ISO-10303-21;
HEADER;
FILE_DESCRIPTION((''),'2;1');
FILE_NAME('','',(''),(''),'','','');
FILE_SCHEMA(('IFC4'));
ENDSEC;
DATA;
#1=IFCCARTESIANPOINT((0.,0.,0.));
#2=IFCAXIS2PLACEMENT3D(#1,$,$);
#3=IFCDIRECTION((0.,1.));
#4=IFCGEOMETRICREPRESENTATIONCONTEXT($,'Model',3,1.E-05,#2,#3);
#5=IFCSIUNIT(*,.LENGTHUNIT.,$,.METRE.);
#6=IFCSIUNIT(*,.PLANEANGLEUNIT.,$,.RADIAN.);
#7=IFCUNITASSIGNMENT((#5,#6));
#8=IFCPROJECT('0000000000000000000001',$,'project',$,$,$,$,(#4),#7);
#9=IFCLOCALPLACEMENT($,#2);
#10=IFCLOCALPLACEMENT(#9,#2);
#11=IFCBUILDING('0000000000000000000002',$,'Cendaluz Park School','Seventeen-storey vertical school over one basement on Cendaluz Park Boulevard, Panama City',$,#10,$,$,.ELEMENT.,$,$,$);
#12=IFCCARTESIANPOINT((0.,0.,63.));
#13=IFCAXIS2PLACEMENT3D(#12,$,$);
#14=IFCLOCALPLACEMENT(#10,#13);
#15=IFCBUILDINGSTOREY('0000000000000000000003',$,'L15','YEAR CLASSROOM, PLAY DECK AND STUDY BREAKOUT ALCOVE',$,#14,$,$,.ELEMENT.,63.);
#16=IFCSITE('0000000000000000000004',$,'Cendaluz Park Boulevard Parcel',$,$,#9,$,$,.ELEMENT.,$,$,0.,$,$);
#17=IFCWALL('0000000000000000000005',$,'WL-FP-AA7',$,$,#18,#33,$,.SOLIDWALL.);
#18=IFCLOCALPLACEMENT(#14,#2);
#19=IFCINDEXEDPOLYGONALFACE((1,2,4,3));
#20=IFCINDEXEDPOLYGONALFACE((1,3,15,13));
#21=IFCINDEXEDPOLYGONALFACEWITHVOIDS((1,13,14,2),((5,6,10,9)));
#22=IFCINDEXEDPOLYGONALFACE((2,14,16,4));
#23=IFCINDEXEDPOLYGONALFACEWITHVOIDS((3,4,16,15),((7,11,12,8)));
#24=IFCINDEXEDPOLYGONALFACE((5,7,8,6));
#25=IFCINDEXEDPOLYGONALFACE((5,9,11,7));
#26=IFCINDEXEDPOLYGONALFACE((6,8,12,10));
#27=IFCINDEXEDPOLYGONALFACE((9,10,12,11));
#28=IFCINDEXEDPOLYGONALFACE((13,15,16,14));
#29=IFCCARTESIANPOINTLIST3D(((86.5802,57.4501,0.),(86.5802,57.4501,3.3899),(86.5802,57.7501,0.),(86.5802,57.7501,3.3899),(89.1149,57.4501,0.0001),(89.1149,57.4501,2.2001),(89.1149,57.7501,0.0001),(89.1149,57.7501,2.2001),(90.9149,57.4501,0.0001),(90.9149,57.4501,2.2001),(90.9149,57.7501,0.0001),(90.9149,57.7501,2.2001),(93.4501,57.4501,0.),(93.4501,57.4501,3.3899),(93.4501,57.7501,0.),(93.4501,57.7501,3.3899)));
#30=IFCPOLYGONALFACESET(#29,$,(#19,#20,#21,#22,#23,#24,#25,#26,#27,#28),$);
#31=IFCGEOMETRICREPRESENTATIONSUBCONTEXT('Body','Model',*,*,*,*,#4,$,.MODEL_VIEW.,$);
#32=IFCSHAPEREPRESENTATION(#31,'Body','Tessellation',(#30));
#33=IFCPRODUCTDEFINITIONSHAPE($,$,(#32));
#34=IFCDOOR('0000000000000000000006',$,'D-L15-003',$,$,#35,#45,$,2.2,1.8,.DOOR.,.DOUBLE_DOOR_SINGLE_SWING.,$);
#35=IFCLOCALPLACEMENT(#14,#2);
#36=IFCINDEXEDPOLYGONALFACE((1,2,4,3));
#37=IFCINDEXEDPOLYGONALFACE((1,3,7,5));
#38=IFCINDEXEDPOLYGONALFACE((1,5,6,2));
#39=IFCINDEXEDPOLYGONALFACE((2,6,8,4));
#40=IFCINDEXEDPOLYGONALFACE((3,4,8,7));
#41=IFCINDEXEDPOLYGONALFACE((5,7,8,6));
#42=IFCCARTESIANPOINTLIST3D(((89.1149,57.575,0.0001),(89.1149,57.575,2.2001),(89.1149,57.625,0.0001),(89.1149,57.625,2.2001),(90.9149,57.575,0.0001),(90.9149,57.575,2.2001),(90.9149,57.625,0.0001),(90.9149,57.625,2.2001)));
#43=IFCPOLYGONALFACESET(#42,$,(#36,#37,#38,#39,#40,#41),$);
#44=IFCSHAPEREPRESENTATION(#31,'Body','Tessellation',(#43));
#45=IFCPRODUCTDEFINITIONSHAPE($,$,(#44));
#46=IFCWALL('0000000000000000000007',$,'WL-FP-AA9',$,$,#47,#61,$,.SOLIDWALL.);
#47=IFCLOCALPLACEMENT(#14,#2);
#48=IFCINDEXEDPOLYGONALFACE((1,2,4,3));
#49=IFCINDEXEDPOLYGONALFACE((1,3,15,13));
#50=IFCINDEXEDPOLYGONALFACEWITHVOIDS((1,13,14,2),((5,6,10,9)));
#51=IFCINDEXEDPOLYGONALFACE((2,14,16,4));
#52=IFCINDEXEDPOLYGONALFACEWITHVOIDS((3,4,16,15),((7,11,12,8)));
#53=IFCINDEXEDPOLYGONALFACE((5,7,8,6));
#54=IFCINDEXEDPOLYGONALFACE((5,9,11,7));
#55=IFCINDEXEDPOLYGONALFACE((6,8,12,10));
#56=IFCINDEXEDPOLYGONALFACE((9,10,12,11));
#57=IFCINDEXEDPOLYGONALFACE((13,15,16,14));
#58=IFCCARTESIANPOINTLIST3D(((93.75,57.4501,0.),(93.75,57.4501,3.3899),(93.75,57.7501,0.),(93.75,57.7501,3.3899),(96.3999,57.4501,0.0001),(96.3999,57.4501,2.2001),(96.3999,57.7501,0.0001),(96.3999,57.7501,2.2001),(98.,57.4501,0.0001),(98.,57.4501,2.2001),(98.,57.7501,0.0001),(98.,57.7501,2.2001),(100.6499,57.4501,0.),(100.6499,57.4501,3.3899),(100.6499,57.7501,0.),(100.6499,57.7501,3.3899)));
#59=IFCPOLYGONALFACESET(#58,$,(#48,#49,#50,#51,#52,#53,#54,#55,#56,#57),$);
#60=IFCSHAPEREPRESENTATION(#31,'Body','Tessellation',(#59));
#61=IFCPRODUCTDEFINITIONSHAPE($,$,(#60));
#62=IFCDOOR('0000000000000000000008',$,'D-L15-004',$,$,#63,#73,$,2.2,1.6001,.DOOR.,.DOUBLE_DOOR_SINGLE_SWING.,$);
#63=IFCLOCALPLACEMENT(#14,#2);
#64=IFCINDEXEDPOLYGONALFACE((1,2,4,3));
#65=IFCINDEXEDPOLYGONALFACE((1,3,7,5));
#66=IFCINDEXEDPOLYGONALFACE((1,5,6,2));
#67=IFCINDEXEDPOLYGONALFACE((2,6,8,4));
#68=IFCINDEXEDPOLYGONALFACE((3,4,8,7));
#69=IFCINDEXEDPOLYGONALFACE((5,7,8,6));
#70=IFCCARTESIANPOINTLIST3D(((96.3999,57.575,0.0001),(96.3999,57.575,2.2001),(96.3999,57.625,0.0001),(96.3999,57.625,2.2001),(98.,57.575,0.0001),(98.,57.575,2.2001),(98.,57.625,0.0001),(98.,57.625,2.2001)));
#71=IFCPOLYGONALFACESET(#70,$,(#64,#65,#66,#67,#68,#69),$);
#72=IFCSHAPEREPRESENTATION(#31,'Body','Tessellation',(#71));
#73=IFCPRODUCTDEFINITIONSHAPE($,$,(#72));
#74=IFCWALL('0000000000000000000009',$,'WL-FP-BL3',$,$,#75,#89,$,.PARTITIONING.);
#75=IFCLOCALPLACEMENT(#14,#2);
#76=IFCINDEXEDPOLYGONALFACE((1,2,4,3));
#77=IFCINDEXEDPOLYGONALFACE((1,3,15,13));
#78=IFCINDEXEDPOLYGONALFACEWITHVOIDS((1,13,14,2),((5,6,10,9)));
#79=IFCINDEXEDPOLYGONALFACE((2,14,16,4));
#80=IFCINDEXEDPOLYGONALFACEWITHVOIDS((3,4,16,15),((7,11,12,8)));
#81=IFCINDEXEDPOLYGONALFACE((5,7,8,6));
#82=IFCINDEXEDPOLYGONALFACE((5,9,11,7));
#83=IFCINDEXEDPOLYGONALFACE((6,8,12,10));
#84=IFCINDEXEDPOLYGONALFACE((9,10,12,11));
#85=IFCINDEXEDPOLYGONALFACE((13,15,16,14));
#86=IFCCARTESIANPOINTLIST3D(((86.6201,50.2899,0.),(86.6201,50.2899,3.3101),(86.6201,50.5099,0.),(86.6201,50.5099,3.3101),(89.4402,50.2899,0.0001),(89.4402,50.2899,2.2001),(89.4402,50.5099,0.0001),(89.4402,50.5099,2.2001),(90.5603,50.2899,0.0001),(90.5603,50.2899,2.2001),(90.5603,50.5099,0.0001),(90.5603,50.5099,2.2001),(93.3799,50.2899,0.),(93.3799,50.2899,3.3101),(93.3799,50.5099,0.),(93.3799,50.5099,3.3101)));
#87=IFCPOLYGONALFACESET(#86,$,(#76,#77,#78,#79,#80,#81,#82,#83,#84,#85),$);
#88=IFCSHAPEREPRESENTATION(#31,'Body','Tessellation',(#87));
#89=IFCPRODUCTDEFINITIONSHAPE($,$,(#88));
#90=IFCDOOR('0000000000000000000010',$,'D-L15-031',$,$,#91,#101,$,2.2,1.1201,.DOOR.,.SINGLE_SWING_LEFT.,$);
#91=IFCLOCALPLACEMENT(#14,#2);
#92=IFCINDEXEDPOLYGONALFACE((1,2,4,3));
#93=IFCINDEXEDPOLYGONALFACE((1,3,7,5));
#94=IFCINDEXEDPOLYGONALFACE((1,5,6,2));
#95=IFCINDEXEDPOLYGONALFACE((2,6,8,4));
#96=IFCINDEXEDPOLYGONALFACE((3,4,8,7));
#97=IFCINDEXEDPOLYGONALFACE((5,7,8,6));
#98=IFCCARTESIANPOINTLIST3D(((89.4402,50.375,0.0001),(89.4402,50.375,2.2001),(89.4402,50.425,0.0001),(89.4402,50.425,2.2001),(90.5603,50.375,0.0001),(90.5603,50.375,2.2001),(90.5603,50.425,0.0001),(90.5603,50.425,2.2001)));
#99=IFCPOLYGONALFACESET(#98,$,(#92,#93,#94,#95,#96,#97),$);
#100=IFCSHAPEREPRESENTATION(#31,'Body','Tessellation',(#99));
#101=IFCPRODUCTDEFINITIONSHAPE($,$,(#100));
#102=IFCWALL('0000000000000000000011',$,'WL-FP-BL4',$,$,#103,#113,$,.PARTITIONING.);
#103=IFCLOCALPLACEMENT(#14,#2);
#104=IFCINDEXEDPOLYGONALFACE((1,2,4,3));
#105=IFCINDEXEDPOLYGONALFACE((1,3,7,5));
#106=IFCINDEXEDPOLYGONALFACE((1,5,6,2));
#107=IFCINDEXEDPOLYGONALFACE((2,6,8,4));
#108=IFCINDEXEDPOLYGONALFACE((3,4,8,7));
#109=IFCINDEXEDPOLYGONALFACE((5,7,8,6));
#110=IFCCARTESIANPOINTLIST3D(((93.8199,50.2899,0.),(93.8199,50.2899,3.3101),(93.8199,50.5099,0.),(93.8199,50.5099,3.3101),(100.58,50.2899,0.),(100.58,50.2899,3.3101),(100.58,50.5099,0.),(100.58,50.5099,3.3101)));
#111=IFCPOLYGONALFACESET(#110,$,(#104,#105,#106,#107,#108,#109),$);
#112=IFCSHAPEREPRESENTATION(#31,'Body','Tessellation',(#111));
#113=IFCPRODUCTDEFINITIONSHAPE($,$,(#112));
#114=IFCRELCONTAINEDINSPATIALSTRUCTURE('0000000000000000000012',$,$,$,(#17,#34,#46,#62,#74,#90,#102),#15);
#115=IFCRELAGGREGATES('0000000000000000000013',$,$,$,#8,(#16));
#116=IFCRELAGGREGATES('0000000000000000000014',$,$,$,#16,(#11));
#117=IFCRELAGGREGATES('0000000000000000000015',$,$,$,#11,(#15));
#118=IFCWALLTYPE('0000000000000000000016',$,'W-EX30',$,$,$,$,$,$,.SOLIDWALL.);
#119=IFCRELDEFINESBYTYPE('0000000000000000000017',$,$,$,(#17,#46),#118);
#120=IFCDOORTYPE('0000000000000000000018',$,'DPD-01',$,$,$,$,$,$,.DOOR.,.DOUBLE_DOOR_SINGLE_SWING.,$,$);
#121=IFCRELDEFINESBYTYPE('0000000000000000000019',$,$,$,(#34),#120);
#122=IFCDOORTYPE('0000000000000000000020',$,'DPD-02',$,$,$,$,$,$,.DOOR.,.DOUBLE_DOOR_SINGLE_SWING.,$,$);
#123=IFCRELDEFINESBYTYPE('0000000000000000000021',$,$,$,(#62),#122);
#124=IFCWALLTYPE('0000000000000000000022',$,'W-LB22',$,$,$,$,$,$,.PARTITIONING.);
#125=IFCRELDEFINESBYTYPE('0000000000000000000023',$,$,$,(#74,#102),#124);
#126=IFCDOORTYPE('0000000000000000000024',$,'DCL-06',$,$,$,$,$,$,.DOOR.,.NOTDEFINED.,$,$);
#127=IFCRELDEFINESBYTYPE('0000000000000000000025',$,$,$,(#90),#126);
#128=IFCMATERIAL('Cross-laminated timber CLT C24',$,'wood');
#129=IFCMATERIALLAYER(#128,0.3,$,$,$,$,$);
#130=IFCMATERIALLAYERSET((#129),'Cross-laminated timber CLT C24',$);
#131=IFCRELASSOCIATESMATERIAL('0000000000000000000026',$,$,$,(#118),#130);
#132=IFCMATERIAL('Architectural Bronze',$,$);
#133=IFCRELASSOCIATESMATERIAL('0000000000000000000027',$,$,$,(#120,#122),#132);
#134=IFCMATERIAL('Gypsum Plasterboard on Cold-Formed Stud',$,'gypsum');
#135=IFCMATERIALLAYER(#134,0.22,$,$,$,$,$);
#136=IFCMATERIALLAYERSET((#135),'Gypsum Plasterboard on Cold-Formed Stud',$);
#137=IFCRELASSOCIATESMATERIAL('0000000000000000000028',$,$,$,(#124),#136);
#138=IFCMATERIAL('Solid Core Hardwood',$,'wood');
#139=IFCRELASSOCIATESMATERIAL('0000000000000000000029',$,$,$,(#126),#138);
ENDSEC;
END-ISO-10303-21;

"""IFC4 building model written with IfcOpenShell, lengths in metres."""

from ifc_helpers import new_model, si_unit, direction, frame, frame_2d, origin, place, context, subcontext, project, spatial, rectangle, extrude, material, layer, layer_set, type_object, element, fill, save


model = new_model("IFC4")

# Units and contexts
model_context = context("Model", 3, precision=1e-05, world=origin(), true_north=direction((0.0, 1.0)))
body_context = subcontext(model_context, "Body", "Model", "MODEL_VIEW")
ifc_project = project(units=[si_unit("LENGTHUNIT", "METRE"), si_unit("PLANEANGLEUNIT", "RADIAN")], contexts=[model_context])

# Site, building, storey
site_placement = place(None, origin())
site = spatial("IfcSite", under=ifc_project, at=site_placement, Name="Cendaluz Park Boulevard Parcel", CompositionType="ELEMENT", RefElevation=0.0)
building_placement = place(site_placement, origin())
building = spatial("IfcBuilding", under=site, at=building_placement, Name="Cendaluz Park School", Description="Seventeen-storey vertical school over one basement on Cendaluz Park Boulevard, Panama City", CompositionType="ELEMENT")
storey_placement = place(building_placement, frame((0.0, 0.0, 63.0)))
storey = spatial("IfcBuildingStorey", under=building, at=storey_placement, Name="L15", Description="YEAR CLASSROOM, PLAY DECK AND STUDY BREAKOUT ALCOVE", CompositionType="ELEMENT", Elevation=63.0)

# Shared definitions
ifc_material_1 = material(Name="Gypsum Plasterboard on Cold-Formed Stud", Category="gypsum")

# Walls, openings, doors
ifc_material_2 = material(Name="Cross-laminated timber CLT C24", Category="wood")
ifc_layer_1 = layer(ifc_material_2, 0.3)
ifc_layer_set_1 = layer_set([ifc_layer_1], Name="Cross-laminated timber CLT C24")
wall_type_1 = type_object("IfcWallType", Name="W-EX30", PredefinedType="SOLIDWALL", material=ifc_layer_set_1)
wall_1_placement = place(storey_placement, frame((86.5801, 57.6001, 0.0), z_axis=(0.0, 0.0, 1.0), x_axis=(1.0, 0.0, 0.0)))
wall_1 = element("IfcWall", 1, at=wall_1_placement, inside=storey, type_object=wall_type_1, Name="WL-FP-AA7", PredefinedType="SOLIDWALL", context=body_context, shape_type="SweptSolid", body=[
    extrude(rectangle(XDim=6.8699, YDim=0.3, at=frame_2d((3.4351, 0.0))), origin(), (0.0, 0.0, 1.0), 3.3899),
])
opening_1_placement = place(wall_1_placement, frame((2.5349, 0.0, 0.0)))
opening_1 = element("IfcOpeningElement", 2, at=opening_1_placement, cuts=wall_1, PredefinedType="OPENING", context=body_context, shape_type="SweptSolid", body=[
    extrude(rectangle(XDim=1.8, YDim=2.2, at=frame_2d((0.8999, 1.1001))), frame((0.0, 0.1621, 0.0), z_axis=(0.0, -1.0, 0.0), x_axis=(1.0, 0.0, 0.0)), (0.0, 0.0, 1.0), 0.324),
])
ifc_material_3 = material(Name="Architectural Bronze")
door_type_1 = type_object("IfcDoorType", Name="DPD-01", OperationType="DOUBLE_DOOR_SINGLE_SWING", PredefinedType="DOOR", material=ifc_material_3)
door_1_placement = place(opening_1_placement, origin())
door_1 = element("IfcDoor", 3, at=door_1_placement, inside=storey, type_object=door_type_1, Name="D-L15-003", OperationType="DOUBLE_DOOR_SINGLE_SWING", OverallHeight=2.2, OverallWidth=1.8, PredefinedType="DOOR", context=body_context, shape_type="SweptSolid", body=[
    extrude(rectangle(XDim=1.8, YDim=2.2, at=frame_2d((0.8999, 1.1001))), frame((0.0, 0.0249, 0.0), z_axis=(0.0, -1.0, 0.0), x_axis=(1.0, 0.0, 0.0)), (0.0, 0.0, 1.0), 0.05),
])
fill(opening_1, door_1)
wall_2_placement = place(storey_placement, frame((93.75, 57.6001, 0.0), z_axis=(0.0, 0.0, 1.0), x_axis=(1.0, 0.0, 0.0)))
wall_2 = element("IfcWall", 4, at=wall_2_placement, inside=storey, type_object=wall_type_1, Name="WL-FP-AA9", PredefinedType="SOLIDWALL", context=body_context, shape_type="SweptSolid", body=[
    extrude(rectangle(XDim=6.8999, YDim=0.3, at=frame_2d((3.45, 0.0))), origin(), (0.0, 0.0, 1.0), 3.3899),
])
opening_2_placement = place(wall_2_placement, frame((2.6499, 0.0, 0.0)))
opening_2 = element("IfcOpeningElement", 5, at=opening_2_placement, cuts=wall_2, PredefinedType="OPENING", context=body_context, shape_type="SweptSolid", body=[
    extrude(rectangle(XDim=1.6001, YDim=2.2, at=frame_2d((0.8, 1.1001))), frame((0.0, 0.1621, 0.0), z_axis=(0.0, -1.0, 0.0), x_axis=(1.0, 0.0, 0.0)), (0.0, 0.0, 1.0), 0.324),
])
door_type_2 = type_object("IfcDoorType", Name="DPD-02", OperationType="DOUBLE_DOOR_SINGLE_SWING", PredefinedType="DOOR", material=ifc_material_3)
door_2_placement = place(opening_2_placement, origin())
door_2 = element("IfcDoor", 6, at=door_2_placement, inside=storey, type_object=door_type_2, Name="D-L15-004", OperationType="DOUBLE_DOOR_SINGLE_SWING", OverallHeight=2.2, OverallWidth=1.6001, PredefinedType="DOOR", context=body_context, shape_type="SweptSolid", body=[
    extrude(rectangle(XDim=1.6001, YDim=2.2, at=frame_2d((0.8, 1.1001))), frame((0.0, 0.0249, 0.0), z_axis=(0.0, -1.0, 0.0), x_axis=(1.0, 0.0, 0.0)), (0.0, 0.0, 1.0), 0.05),
])
fill(opening_2, door_2)
ifc_layer_2 = layer(ifc_material_1, 0.22)
ifc_layer_set_2 = layer_set([ifc_layer_2], Name="Gypsum Plasterboard on Cold-Formed Stud")
wall_type_2 = type_object("IfcWallType", Name="W-LB22", PredefinedType="PARTITIONING", material=ifc_layer_set_2)
wall_3_placement = place(storey_placement, frame((86.6201, 50.3999, 0.0), z_axis=(0.0, 0.0, 1.0), x_axis=(1.0, 0.0, 0.0)))
wall_3 = element("IfcWall", 7, at=wall_3_placement, inside=storey, type_object=wall_type_2, Name="WL-FP-BL3", PredefinedType="PARTITIONING", context=body_context, shape_type="SweptSolid", body=[
    extrude(rectangle(XDim=6.7598, YDim=0.22, at=frame_2d((3.3799, 0.0))), origin(), (0.0, 0.0, 1.0), 3.3101),
])
opening_3_placement = place(wall_3_placement, frame((2.8201, 0.0, 0.0)))
opening_3 = element("IfcOpeningElement", 8, at=opening_3_placement, cuts=wall_3, PredefinedType="OPENING", context=body_context, shape_type="SweptSolid", body=[
    extrude(rectangle(XDim=1.1201, YDim=2.2, at=frame_2d((0.5601, 1.1001))), frame((0.0, 0.1221, 0.0), z_axis=(0.0, -1.0, 0.0), x_axis=(1.0, 0.0, 0.0)), (0.0, 0.0, 1.0), 0.2439),
])
ifc_material_4 = material(Name="Solid Core Hardwood", Category="wood")
door_type_3 = type_object("IfcDoorType", Name="DCL-06", OperationType="NOTDEFINED", PredefinedType="DOOR", material=ifc_material_4)
door_3_placement = place(opening_3_placement, frame((1.1201, 0.0, 0.0), z_axis=(0.0, 0.0, 1.0), x_axis=(-1.0, 0.0, 0.0)))
door_3 = element("IfcDoor", 9, at=door_3_placement, inside=storey, type_object=door_type_3, Name="D-L15-031", OperationType="SINGLE_SWING_LEFT", OverallHeight=2.2, OverallWidth=1.1201, PredefinedType="DOOR", context=body_context, shape_type="SweptSolid", body=[
    extrude(rectangle(XDim=1.1201, YDim=2.2, at=frame_2d((0.5601, 1.1001))), frame((0.0, 0.0249, 0.0), z_axis=(0.0, -1.0, 0.0), x_axis=(1.0, 0.0, 0.0)), (0.0, 0.0, 1.0), 0.05),
])
fill(opening_3, door_3)

# Wall
wall_4_placement = place(storey_placement, frame((93.8201, 50.3999, 0.0), z_axis=(0.0, 0.0, 1.0), x_axis=(1.0, 0.0, 0.0)))
element("IfcWall", 10, at=wall_4_placement, inside=storey, type_object=wall_type_2, Name="WL-FP-BL4", PredefinedType="PARTITIONING", context=body_context, shape_type="SweptSolid", body=[
    extrude(rectangle(XDim=6.76, YDim=0.22, at=frame_2d((3.3799, 0.0))), origin(), (0.0, 0.0, 1.0), 3.3101),
])

save(model, "model.ifc")
